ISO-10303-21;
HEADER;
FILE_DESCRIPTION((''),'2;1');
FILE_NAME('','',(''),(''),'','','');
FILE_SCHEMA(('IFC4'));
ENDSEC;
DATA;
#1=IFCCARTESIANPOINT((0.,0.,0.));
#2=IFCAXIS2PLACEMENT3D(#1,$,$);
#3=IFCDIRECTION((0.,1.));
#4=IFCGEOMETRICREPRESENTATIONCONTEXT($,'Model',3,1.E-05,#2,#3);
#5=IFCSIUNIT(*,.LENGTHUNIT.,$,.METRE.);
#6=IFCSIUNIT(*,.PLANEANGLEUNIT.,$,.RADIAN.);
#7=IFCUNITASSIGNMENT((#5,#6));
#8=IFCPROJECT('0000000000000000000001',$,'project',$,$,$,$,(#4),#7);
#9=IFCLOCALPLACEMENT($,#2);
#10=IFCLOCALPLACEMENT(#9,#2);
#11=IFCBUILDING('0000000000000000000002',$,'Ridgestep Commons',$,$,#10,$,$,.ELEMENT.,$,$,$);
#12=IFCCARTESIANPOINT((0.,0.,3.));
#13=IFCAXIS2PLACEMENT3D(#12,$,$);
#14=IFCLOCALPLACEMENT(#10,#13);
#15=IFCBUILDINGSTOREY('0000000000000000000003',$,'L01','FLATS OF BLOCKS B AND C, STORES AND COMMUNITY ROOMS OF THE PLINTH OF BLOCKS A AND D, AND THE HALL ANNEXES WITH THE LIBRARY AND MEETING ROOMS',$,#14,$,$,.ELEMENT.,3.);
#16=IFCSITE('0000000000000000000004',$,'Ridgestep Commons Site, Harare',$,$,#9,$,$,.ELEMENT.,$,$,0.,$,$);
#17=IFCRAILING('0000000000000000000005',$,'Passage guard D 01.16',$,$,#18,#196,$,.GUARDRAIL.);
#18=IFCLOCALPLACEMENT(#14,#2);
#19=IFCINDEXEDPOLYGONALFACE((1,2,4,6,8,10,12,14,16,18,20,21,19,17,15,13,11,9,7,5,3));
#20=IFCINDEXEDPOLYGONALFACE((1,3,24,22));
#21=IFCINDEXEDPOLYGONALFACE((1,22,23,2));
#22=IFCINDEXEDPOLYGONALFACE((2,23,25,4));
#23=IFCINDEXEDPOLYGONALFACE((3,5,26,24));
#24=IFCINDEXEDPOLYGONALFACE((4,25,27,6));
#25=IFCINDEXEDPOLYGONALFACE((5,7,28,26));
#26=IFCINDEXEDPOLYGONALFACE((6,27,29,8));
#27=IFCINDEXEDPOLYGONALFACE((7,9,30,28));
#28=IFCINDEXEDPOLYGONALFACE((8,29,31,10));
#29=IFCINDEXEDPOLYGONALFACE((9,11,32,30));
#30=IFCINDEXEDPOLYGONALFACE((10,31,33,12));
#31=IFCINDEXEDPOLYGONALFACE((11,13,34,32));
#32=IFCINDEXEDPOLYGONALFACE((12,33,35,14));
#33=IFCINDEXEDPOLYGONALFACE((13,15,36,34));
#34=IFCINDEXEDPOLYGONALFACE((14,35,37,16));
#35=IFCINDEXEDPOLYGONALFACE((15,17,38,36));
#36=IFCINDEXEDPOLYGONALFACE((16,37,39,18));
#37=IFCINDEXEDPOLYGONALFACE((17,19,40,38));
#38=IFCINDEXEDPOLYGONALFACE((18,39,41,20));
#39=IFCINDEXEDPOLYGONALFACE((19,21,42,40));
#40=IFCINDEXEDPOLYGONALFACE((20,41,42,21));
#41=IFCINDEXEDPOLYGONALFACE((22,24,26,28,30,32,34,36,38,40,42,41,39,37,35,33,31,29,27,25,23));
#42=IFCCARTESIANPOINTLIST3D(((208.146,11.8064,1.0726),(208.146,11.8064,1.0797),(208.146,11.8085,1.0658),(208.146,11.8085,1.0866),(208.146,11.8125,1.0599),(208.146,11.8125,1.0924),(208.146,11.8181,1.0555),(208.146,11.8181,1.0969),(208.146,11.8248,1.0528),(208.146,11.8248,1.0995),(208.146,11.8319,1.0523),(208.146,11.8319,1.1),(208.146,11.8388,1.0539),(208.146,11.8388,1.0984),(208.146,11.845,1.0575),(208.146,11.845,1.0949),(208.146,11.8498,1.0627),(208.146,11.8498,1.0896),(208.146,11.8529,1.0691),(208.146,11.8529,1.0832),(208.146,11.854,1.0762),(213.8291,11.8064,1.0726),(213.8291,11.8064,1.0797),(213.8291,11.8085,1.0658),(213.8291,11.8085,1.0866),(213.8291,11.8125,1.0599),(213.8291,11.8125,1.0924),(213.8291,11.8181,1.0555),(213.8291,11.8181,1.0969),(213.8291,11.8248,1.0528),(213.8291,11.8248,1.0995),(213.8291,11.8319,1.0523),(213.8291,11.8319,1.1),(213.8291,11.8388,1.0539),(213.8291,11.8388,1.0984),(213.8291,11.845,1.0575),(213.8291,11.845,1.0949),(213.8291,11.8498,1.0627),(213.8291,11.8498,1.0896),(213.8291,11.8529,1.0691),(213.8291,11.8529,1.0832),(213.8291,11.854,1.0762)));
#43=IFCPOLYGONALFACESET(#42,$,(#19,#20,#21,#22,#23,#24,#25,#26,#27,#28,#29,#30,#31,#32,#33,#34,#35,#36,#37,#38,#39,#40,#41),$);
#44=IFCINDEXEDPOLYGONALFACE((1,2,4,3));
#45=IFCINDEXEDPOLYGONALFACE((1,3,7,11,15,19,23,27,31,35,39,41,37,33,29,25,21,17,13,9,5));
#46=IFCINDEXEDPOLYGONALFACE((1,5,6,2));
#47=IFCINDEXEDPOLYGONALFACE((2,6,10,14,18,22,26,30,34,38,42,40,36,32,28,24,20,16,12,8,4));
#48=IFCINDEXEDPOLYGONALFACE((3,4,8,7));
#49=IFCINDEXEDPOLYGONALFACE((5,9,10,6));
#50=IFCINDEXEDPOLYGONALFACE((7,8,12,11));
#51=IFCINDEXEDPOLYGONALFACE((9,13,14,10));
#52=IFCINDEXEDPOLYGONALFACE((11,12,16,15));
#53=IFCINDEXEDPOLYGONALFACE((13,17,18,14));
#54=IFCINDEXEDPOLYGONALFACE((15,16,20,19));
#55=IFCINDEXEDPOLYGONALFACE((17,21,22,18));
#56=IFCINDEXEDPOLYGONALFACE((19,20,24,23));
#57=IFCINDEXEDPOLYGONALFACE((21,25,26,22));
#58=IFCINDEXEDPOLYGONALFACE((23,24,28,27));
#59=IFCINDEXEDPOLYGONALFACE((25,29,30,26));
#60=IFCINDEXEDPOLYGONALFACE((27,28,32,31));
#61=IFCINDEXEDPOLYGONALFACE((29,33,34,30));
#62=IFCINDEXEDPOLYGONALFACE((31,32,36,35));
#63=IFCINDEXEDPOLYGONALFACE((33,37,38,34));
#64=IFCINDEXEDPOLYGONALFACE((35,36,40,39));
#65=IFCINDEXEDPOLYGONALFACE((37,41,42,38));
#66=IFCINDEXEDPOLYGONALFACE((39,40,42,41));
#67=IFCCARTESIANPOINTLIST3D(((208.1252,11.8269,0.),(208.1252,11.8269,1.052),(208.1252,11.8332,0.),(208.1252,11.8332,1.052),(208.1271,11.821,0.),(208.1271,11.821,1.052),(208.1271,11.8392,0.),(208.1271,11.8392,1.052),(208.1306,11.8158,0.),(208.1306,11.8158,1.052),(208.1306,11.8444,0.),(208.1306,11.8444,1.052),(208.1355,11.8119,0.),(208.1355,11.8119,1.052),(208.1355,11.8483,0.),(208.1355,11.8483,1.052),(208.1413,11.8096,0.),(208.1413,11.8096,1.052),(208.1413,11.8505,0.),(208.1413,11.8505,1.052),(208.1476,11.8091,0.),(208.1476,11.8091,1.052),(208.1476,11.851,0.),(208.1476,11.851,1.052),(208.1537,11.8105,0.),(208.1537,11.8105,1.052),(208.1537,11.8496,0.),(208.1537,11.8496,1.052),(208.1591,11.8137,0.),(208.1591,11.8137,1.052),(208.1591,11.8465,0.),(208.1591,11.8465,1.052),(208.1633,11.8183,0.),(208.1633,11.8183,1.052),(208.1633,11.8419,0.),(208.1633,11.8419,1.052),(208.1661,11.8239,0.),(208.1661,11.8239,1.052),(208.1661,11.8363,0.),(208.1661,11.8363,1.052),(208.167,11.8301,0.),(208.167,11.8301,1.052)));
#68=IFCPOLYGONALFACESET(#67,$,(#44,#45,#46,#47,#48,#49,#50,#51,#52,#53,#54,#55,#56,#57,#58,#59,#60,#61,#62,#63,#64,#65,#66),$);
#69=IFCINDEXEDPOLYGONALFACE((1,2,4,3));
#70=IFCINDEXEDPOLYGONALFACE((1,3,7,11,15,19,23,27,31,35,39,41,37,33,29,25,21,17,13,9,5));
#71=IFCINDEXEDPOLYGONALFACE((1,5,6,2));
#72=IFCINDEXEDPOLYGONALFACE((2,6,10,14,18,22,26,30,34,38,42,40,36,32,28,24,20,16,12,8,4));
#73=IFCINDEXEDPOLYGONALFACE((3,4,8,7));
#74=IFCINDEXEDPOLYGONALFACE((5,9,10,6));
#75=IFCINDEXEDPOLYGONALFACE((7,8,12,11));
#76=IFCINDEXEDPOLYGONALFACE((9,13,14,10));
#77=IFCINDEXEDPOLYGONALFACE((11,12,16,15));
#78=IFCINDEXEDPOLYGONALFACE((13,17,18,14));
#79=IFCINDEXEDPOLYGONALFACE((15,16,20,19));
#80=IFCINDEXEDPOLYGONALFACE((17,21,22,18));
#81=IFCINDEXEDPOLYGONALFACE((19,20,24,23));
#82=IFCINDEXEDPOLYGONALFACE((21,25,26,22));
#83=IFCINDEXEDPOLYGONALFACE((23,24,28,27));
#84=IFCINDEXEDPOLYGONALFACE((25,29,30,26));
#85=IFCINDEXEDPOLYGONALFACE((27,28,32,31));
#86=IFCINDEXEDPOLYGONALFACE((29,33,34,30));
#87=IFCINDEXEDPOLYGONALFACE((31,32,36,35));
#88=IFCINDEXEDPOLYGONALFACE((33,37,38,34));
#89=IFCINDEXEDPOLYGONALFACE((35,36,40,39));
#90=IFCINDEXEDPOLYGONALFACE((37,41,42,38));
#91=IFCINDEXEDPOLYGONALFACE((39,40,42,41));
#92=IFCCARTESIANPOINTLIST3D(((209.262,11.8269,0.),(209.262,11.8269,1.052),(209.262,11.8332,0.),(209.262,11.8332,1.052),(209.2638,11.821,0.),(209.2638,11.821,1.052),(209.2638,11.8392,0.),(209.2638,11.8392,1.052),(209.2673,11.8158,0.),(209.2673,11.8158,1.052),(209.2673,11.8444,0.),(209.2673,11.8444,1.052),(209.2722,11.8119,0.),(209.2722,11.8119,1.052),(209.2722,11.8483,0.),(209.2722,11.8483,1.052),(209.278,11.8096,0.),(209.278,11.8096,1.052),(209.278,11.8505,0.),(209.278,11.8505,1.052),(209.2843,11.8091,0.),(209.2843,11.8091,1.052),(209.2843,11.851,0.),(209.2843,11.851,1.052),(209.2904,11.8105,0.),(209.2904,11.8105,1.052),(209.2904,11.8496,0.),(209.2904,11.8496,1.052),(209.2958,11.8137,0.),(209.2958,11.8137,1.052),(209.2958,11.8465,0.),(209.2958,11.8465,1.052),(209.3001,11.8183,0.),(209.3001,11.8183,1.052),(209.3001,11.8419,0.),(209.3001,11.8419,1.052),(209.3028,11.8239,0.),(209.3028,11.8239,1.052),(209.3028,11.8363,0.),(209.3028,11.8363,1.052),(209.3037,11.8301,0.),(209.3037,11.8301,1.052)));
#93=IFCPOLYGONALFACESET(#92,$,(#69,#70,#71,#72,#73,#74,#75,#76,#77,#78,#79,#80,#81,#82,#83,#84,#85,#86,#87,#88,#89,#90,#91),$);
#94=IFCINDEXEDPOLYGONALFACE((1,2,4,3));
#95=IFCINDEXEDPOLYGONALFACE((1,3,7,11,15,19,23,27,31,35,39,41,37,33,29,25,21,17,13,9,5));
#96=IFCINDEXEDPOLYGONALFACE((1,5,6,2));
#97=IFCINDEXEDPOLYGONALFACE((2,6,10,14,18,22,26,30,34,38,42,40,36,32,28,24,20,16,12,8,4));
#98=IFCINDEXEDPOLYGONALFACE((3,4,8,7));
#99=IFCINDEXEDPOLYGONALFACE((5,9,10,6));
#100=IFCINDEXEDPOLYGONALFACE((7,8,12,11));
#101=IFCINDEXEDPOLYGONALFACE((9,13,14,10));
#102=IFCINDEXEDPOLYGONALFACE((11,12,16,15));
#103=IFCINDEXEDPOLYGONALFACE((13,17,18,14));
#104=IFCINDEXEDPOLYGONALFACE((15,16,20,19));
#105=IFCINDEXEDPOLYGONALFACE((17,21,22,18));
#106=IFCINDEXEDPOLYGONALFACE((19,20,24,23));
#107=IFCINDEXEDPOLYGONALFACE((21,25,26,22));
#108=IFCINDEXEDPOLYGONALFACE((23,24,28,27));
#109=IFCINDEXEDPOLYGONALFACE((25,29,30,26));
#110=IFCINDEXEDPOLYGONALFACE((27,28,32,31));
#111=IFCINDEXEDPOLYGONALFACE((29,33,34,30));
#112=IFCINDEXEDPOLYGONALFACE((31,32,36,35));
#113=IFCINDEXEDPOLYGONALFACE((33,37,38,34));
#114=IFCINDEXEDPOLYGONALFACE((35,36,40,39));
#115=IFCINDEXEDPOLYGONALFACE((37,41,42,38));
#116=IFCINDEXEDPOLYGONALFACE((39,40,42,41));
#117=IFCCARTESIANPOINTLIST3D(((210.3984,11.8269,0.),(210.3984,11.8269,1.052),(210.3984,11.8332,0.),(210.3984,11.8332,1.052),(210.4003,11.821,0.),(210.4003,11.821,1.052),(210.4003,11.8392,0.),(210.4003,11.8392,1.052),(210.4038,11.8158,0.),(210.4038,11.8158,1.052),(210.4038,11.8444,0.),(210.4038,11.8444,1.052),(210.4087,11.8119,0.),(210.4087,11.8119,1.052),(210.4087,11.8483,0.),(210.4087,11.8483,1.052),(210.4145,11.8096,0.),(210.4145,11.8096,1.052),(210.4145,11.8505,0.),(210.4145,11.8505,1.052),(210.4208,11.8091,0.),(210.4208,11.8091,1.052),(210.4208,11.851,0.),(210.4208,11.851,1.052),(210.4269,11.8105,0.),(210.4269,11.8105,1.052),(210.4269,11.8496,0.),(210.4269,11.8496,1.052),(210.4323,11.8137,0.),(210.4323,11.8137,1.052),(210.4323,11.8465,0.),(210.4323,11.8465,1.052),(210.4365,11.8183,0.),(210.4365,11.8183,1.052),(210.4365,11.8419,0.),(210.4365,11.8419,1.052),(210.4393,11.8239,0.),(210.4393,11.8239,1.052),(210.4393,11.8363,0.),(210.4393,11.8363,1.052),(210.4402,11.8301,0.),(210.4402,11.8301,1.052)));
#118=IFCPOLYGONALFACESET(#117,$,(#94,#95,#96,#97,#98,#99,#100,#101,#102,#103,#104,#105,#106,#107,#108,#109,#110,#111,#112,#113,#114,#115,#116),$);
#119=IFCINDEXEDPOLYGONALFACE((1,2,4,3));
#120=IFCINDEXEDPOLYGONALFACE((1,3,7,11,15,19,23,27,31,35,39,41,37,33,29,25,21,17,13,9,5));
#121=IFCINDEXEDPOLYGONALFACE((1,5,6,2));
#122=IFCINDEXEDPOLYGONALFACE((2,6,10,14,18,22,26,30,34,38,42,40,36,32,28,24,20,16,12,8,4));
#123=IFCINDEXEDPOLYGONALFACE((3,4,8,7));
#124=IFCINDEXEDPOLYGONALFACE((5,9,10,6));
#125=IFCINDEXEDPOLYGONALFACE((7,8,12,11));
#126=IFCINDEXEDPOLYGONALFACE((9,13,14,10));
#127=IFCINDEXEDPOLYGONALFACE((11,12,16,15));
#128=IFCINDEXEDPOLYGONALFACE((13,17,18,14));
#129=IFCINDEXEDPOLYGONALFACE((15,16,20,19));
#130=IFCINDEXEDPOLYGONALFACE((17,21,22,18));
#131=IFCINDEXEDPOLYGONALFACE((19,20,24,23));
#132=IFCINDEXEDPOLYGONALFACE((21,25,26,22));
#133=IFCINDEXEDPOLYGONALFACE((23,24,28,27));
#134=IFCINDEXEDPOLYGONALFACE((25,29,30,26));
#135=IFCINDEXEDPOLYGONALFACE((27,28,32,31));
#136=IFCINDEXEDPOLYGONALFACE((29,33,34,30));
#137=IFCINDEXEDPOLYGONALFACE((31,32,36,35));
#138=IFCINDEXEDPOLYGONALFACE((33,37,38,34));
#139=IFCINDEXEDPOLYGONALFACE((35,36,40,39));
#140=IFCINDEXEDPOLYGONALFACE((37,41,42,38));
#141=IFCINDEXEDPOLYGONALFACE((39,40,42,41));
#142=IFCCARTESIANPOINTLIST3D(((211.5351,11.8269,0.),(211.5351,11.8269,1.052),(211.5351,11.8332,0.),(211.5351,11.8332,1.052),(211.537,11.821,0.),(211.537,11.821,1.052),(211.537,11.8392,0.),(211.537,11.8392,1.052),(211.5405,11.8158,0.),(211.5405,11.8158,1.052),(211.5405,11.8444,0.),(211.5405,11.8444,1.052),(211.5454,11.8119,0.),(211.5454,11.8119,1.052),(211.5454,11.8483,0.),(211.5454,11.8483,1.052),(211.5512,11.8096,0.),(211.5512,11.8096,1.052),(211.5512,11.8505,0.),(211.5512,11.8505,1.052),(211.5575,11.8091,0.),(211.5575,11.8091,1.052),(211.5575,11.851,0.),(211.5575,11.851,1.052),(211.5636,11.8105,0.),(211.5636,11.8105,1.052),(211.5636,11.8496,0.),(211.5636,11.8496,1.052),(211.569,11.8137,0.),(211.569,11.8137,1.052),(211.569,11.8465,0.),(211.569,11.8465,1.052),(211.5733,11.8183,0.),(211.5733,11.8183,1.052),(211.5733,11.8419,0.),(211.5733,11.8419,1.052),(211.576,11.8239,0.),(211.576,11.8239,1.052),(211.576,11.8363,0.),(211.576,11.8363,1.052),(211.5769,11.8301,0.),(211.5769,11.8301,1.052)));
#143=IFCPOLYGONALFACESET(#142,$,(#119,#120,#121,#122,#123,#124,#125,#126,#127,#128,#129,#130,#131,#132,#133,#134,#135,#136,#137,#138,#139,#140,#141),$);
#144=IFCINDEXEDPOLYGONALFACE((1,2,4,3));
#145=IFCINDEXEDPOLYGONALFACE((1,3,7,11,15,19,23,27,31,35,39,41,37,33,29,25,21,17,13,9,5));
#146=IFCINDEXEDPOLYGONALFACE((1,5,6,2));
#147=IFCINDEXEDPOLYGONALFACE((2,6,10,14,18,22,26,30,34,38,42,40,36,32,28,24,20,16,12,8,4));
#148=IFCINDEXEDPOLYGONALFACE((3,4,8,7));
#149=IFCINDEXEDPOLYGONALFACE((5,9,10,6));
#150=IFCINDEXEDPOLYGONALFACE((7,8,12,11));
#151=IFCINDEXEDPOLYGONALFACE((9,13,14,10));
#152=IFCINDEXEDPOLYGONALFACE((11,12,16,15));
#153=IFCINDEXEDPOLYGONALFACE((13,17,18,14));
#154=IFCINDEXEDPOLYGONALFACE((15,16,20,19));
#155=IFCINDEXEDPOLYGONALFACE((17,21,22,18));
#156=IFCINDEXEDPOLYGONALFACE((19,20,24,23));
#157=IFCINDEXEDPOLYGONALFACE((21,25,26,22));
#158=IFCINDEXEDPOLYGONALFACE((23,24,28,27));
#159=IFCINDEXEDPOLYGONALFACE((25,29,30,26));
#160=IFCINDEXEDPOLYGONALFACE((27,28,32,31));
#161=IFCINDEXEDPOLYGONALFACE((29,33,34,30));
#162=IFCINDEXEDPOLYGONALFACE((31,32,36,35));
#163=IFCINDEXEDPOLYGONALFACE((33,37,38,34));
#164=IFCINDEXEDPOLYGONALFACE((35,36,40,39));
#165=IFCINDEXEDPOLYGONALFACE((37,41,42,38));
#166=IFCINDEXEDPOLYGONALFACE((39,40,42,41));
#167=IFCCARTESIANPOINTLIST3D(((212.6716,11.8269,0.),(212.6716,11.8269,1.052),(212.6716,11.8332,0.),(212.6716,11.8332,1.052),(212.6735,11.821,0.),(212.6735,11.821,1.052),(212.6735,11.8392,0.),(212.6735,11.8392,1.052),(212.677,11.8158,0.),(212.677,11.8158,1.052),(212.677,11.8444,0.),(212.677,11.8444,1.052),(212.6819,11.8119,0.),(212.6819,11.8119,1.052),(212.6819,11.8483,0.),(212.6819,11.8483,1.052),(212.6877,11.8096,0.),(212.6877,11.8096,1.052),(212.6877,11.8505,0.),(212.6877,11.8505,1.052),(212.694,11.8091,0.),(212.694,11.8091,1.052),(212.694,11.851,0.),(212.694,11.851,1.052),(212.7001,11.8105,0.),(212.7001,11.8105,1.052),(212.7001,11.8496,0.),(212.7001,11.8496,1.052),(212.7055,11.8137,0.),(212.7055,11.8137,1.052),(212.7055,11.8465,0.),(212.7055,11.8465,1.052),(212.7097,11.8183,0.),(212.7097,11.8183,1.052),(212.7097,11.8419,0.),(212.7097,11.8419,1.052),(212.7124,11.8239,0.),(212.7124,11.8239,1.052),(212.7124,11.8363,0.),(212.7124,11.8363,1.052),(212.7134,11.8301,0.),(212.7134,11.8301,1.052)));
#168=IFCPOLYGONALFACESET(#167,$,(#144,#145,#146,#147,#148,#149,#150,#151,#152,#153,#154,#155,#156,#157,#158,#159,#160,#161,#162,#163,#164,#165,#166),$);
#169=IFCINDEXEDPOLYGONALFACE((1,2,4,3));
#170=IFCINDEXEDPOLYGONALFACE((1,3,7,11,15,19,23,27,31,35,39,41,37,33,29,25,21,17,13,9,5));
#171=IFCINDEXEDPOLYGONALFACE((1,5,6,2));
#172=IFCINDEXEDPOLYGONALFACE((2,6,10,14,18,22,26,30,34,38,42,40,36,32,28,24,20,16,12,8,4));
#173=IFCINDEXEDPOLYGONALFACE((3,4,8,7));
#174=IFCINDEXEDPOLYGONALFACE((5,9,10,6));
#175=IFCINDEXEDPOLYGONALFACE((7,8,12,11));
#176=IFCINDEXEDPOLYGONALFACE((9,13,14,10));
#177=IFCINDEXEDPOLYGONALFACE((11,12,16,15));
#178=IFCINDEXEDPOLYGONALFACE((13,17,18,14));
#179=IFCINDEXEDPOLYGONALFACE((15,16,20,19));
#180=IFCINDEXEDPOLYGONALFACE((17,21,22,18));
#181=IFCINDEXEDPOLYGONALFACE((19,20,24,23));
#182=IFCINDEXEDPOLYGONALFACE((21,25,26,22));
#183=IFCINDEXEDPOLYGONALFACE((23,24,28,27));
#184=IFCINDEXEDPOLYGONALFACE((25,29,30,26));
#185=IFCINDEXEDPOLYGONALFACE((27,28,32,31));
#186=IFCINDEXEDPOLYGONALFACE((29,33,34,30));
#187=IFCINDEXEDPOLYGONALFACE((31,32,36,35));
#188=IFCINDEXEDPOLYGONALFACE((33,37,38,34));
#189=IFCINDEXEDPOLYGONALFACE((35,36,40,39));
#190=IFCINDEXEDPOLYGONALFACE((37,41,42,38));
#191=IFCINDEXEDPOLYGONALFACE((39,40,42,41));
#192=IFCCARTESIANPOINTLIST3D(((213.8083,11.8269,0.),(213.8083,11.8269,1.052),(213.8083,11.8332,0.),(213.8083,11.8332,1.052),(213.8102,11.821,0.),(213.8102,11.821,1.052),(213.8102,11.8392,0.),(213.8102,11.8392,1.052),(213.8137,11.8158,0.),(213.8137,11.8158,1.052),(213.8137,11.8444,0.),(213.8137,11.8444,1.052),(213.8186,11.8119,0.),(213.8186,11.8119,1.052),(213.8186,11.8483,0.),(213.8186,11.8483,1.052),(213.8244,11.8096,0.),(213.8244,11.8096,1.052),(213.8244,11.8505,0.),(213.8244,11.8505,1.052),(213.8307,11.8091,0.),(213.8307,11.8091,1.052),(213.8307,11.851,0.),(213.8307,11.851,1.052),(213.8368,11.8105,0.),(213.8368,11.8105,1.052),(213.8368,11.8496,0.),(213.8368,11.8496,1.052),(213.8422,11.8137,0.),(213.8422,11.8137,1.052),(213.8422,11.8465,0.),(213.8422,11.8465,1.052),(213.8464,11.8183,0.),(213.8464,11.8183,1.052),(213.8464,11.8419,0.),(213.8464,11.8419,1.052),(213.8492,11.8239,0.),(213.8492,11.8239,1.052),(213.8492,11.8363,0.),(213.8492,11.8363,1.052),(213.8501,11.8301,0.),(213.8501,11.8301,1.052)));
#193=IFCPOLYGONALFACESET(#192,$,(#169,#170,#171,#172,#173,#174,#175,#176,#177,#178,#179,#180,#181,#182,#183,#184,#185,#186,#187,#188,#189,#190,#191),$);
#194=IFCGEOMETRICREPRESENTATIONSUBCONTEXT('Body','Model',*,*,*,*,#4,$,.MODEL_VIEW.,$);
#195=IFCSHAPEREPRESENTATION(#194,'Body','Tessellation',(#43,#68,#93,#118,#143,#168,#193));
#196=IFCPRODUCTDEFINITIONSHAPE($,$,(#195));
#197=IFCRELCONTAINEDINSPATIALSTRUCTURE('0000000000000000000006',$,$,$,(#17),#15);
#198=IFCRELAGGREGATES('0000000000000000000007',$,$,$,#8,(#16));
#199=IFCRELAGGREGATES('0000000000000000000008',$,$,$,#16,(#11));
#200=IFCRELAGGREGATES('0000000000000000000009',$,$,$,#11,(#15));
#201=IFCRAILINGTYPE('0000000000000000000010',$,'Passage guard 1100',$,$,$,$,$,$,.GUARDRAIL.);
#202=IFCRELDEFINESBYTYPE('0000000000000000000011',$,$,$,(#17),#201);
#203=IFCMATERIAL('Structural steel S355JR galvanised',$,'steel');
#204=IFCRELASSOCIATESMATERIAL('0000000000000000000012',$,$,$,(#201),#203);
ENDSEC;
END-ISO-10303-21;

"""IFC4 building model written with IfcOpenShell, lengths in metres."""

from ifc_helpers import new_model, si_unit, direction, frame, origin, origin_2d, place, context, subcontext, project, spatial, circle, extrude, material, type_object, element, save


model = new_model("IFC4")

# Units and contexts
model_context = context("Model", 3, precision=1e-05, world=origin(), true_north=direction((0.0, 1.0)))
body_context = subcontext(model_context, "Body", "Model", "MODEL_VIEW")
ifc_project = project(units=[si_unit("LENGTHUNIT", "METRE"), si_unit("PLANEANGLEUNIT", "RADIAN")], contexts=[model_context])

# Site, building, storey
site_placement = place(None, origin())
site = spatial("IfcSite", under=ifc_project, at=site_placement, Name="Ridgestep Commons Site, Harare", CompositionType="ELEMENT", RefElevation=0.0)
building_placement = place(site_placement, origin())
building = spatial("IfcBuilding", under=site, at=building_placement, Name="Ridgestep Commons", CompositionType="ELEMENT")
storey_placement = place(building_placement, frame((0.0, 0.0, 3.0)))
storey = spatial("IfcBuildingStorey", under=building, at=storey_placement, Name="L01", Description="FLATS OF BLOCKS B AND C, STORES AND COMMUNITY ROOMS OF THE PLINTH OF BLOCKS A AND D, AND THE HALL ANNEXES WITH THE LIBRARY AND MEETING ROOMS", CompositionType="ELEMENT", Elevation=3.0)

# Railing
ifc_material_1 = material(Name="Structural steel S355JR galvanised", Category="steel")
railing_type = type_object("IfcRailingType", Name="Passage guard 1100", PredefinedType="GUARDRAIL", material=ifc_material_1)
for number, where, name in (
    (1, (208.146, 11.8301, 0.0), "Passage guard D 01.16"),
):
    element("IfcRailing", number, at=place(storey_placement, frame(where)), inside=storey, type_object=railing_type, Name=name, PredefinedType="GUARDRAIL", context=body_context, shape_type="SweptSolid", body=[
        extrude(circle(Radius=0.0239, at=origin_2d()), frame((0.0, 0.0, 1.0762), z_axis=(1.0, 0.0, 0.0), x_axis=(0.0, 1.0, 0.0)), (0.0, 0.0, 1.0), 5.6831),
        extrude(circle(Radius=0.021, at=origin_2d()), origin(), (0.0, 0.0, 1.0), 1.052),
        extrude(circle(Radius=0.021, at=origin_2d()), frame((1.1367, 0.0, 0.0)), (0.0, 0.0, 1.0), 1.052),
        extrude(circle(Radius=0.021, at=origin_2d()), frame((2.2732, 0.0, 0.0)), (0.0, 0.0, 1.0), 1.052),
        extrude(circle(Radius=0.021, at=origin_2d()), frame((3.4099, 0.0, 0.0)), (0.0, 0.0, 1.0), 1.052),
        extrude(circle(Radius=0.021, at=origin_2d()), frame((4.5464, 0.0, 0.0)), (0.0, 0.0, 1.0), 1.052),
        extrude(circle(Radius=0.021, at=origin_2d()), frame((5.6831, 0.0, 0.0)), (0.0, 0.0, 1.0), 1.052),
    ])

save(model, "model.ifc")
